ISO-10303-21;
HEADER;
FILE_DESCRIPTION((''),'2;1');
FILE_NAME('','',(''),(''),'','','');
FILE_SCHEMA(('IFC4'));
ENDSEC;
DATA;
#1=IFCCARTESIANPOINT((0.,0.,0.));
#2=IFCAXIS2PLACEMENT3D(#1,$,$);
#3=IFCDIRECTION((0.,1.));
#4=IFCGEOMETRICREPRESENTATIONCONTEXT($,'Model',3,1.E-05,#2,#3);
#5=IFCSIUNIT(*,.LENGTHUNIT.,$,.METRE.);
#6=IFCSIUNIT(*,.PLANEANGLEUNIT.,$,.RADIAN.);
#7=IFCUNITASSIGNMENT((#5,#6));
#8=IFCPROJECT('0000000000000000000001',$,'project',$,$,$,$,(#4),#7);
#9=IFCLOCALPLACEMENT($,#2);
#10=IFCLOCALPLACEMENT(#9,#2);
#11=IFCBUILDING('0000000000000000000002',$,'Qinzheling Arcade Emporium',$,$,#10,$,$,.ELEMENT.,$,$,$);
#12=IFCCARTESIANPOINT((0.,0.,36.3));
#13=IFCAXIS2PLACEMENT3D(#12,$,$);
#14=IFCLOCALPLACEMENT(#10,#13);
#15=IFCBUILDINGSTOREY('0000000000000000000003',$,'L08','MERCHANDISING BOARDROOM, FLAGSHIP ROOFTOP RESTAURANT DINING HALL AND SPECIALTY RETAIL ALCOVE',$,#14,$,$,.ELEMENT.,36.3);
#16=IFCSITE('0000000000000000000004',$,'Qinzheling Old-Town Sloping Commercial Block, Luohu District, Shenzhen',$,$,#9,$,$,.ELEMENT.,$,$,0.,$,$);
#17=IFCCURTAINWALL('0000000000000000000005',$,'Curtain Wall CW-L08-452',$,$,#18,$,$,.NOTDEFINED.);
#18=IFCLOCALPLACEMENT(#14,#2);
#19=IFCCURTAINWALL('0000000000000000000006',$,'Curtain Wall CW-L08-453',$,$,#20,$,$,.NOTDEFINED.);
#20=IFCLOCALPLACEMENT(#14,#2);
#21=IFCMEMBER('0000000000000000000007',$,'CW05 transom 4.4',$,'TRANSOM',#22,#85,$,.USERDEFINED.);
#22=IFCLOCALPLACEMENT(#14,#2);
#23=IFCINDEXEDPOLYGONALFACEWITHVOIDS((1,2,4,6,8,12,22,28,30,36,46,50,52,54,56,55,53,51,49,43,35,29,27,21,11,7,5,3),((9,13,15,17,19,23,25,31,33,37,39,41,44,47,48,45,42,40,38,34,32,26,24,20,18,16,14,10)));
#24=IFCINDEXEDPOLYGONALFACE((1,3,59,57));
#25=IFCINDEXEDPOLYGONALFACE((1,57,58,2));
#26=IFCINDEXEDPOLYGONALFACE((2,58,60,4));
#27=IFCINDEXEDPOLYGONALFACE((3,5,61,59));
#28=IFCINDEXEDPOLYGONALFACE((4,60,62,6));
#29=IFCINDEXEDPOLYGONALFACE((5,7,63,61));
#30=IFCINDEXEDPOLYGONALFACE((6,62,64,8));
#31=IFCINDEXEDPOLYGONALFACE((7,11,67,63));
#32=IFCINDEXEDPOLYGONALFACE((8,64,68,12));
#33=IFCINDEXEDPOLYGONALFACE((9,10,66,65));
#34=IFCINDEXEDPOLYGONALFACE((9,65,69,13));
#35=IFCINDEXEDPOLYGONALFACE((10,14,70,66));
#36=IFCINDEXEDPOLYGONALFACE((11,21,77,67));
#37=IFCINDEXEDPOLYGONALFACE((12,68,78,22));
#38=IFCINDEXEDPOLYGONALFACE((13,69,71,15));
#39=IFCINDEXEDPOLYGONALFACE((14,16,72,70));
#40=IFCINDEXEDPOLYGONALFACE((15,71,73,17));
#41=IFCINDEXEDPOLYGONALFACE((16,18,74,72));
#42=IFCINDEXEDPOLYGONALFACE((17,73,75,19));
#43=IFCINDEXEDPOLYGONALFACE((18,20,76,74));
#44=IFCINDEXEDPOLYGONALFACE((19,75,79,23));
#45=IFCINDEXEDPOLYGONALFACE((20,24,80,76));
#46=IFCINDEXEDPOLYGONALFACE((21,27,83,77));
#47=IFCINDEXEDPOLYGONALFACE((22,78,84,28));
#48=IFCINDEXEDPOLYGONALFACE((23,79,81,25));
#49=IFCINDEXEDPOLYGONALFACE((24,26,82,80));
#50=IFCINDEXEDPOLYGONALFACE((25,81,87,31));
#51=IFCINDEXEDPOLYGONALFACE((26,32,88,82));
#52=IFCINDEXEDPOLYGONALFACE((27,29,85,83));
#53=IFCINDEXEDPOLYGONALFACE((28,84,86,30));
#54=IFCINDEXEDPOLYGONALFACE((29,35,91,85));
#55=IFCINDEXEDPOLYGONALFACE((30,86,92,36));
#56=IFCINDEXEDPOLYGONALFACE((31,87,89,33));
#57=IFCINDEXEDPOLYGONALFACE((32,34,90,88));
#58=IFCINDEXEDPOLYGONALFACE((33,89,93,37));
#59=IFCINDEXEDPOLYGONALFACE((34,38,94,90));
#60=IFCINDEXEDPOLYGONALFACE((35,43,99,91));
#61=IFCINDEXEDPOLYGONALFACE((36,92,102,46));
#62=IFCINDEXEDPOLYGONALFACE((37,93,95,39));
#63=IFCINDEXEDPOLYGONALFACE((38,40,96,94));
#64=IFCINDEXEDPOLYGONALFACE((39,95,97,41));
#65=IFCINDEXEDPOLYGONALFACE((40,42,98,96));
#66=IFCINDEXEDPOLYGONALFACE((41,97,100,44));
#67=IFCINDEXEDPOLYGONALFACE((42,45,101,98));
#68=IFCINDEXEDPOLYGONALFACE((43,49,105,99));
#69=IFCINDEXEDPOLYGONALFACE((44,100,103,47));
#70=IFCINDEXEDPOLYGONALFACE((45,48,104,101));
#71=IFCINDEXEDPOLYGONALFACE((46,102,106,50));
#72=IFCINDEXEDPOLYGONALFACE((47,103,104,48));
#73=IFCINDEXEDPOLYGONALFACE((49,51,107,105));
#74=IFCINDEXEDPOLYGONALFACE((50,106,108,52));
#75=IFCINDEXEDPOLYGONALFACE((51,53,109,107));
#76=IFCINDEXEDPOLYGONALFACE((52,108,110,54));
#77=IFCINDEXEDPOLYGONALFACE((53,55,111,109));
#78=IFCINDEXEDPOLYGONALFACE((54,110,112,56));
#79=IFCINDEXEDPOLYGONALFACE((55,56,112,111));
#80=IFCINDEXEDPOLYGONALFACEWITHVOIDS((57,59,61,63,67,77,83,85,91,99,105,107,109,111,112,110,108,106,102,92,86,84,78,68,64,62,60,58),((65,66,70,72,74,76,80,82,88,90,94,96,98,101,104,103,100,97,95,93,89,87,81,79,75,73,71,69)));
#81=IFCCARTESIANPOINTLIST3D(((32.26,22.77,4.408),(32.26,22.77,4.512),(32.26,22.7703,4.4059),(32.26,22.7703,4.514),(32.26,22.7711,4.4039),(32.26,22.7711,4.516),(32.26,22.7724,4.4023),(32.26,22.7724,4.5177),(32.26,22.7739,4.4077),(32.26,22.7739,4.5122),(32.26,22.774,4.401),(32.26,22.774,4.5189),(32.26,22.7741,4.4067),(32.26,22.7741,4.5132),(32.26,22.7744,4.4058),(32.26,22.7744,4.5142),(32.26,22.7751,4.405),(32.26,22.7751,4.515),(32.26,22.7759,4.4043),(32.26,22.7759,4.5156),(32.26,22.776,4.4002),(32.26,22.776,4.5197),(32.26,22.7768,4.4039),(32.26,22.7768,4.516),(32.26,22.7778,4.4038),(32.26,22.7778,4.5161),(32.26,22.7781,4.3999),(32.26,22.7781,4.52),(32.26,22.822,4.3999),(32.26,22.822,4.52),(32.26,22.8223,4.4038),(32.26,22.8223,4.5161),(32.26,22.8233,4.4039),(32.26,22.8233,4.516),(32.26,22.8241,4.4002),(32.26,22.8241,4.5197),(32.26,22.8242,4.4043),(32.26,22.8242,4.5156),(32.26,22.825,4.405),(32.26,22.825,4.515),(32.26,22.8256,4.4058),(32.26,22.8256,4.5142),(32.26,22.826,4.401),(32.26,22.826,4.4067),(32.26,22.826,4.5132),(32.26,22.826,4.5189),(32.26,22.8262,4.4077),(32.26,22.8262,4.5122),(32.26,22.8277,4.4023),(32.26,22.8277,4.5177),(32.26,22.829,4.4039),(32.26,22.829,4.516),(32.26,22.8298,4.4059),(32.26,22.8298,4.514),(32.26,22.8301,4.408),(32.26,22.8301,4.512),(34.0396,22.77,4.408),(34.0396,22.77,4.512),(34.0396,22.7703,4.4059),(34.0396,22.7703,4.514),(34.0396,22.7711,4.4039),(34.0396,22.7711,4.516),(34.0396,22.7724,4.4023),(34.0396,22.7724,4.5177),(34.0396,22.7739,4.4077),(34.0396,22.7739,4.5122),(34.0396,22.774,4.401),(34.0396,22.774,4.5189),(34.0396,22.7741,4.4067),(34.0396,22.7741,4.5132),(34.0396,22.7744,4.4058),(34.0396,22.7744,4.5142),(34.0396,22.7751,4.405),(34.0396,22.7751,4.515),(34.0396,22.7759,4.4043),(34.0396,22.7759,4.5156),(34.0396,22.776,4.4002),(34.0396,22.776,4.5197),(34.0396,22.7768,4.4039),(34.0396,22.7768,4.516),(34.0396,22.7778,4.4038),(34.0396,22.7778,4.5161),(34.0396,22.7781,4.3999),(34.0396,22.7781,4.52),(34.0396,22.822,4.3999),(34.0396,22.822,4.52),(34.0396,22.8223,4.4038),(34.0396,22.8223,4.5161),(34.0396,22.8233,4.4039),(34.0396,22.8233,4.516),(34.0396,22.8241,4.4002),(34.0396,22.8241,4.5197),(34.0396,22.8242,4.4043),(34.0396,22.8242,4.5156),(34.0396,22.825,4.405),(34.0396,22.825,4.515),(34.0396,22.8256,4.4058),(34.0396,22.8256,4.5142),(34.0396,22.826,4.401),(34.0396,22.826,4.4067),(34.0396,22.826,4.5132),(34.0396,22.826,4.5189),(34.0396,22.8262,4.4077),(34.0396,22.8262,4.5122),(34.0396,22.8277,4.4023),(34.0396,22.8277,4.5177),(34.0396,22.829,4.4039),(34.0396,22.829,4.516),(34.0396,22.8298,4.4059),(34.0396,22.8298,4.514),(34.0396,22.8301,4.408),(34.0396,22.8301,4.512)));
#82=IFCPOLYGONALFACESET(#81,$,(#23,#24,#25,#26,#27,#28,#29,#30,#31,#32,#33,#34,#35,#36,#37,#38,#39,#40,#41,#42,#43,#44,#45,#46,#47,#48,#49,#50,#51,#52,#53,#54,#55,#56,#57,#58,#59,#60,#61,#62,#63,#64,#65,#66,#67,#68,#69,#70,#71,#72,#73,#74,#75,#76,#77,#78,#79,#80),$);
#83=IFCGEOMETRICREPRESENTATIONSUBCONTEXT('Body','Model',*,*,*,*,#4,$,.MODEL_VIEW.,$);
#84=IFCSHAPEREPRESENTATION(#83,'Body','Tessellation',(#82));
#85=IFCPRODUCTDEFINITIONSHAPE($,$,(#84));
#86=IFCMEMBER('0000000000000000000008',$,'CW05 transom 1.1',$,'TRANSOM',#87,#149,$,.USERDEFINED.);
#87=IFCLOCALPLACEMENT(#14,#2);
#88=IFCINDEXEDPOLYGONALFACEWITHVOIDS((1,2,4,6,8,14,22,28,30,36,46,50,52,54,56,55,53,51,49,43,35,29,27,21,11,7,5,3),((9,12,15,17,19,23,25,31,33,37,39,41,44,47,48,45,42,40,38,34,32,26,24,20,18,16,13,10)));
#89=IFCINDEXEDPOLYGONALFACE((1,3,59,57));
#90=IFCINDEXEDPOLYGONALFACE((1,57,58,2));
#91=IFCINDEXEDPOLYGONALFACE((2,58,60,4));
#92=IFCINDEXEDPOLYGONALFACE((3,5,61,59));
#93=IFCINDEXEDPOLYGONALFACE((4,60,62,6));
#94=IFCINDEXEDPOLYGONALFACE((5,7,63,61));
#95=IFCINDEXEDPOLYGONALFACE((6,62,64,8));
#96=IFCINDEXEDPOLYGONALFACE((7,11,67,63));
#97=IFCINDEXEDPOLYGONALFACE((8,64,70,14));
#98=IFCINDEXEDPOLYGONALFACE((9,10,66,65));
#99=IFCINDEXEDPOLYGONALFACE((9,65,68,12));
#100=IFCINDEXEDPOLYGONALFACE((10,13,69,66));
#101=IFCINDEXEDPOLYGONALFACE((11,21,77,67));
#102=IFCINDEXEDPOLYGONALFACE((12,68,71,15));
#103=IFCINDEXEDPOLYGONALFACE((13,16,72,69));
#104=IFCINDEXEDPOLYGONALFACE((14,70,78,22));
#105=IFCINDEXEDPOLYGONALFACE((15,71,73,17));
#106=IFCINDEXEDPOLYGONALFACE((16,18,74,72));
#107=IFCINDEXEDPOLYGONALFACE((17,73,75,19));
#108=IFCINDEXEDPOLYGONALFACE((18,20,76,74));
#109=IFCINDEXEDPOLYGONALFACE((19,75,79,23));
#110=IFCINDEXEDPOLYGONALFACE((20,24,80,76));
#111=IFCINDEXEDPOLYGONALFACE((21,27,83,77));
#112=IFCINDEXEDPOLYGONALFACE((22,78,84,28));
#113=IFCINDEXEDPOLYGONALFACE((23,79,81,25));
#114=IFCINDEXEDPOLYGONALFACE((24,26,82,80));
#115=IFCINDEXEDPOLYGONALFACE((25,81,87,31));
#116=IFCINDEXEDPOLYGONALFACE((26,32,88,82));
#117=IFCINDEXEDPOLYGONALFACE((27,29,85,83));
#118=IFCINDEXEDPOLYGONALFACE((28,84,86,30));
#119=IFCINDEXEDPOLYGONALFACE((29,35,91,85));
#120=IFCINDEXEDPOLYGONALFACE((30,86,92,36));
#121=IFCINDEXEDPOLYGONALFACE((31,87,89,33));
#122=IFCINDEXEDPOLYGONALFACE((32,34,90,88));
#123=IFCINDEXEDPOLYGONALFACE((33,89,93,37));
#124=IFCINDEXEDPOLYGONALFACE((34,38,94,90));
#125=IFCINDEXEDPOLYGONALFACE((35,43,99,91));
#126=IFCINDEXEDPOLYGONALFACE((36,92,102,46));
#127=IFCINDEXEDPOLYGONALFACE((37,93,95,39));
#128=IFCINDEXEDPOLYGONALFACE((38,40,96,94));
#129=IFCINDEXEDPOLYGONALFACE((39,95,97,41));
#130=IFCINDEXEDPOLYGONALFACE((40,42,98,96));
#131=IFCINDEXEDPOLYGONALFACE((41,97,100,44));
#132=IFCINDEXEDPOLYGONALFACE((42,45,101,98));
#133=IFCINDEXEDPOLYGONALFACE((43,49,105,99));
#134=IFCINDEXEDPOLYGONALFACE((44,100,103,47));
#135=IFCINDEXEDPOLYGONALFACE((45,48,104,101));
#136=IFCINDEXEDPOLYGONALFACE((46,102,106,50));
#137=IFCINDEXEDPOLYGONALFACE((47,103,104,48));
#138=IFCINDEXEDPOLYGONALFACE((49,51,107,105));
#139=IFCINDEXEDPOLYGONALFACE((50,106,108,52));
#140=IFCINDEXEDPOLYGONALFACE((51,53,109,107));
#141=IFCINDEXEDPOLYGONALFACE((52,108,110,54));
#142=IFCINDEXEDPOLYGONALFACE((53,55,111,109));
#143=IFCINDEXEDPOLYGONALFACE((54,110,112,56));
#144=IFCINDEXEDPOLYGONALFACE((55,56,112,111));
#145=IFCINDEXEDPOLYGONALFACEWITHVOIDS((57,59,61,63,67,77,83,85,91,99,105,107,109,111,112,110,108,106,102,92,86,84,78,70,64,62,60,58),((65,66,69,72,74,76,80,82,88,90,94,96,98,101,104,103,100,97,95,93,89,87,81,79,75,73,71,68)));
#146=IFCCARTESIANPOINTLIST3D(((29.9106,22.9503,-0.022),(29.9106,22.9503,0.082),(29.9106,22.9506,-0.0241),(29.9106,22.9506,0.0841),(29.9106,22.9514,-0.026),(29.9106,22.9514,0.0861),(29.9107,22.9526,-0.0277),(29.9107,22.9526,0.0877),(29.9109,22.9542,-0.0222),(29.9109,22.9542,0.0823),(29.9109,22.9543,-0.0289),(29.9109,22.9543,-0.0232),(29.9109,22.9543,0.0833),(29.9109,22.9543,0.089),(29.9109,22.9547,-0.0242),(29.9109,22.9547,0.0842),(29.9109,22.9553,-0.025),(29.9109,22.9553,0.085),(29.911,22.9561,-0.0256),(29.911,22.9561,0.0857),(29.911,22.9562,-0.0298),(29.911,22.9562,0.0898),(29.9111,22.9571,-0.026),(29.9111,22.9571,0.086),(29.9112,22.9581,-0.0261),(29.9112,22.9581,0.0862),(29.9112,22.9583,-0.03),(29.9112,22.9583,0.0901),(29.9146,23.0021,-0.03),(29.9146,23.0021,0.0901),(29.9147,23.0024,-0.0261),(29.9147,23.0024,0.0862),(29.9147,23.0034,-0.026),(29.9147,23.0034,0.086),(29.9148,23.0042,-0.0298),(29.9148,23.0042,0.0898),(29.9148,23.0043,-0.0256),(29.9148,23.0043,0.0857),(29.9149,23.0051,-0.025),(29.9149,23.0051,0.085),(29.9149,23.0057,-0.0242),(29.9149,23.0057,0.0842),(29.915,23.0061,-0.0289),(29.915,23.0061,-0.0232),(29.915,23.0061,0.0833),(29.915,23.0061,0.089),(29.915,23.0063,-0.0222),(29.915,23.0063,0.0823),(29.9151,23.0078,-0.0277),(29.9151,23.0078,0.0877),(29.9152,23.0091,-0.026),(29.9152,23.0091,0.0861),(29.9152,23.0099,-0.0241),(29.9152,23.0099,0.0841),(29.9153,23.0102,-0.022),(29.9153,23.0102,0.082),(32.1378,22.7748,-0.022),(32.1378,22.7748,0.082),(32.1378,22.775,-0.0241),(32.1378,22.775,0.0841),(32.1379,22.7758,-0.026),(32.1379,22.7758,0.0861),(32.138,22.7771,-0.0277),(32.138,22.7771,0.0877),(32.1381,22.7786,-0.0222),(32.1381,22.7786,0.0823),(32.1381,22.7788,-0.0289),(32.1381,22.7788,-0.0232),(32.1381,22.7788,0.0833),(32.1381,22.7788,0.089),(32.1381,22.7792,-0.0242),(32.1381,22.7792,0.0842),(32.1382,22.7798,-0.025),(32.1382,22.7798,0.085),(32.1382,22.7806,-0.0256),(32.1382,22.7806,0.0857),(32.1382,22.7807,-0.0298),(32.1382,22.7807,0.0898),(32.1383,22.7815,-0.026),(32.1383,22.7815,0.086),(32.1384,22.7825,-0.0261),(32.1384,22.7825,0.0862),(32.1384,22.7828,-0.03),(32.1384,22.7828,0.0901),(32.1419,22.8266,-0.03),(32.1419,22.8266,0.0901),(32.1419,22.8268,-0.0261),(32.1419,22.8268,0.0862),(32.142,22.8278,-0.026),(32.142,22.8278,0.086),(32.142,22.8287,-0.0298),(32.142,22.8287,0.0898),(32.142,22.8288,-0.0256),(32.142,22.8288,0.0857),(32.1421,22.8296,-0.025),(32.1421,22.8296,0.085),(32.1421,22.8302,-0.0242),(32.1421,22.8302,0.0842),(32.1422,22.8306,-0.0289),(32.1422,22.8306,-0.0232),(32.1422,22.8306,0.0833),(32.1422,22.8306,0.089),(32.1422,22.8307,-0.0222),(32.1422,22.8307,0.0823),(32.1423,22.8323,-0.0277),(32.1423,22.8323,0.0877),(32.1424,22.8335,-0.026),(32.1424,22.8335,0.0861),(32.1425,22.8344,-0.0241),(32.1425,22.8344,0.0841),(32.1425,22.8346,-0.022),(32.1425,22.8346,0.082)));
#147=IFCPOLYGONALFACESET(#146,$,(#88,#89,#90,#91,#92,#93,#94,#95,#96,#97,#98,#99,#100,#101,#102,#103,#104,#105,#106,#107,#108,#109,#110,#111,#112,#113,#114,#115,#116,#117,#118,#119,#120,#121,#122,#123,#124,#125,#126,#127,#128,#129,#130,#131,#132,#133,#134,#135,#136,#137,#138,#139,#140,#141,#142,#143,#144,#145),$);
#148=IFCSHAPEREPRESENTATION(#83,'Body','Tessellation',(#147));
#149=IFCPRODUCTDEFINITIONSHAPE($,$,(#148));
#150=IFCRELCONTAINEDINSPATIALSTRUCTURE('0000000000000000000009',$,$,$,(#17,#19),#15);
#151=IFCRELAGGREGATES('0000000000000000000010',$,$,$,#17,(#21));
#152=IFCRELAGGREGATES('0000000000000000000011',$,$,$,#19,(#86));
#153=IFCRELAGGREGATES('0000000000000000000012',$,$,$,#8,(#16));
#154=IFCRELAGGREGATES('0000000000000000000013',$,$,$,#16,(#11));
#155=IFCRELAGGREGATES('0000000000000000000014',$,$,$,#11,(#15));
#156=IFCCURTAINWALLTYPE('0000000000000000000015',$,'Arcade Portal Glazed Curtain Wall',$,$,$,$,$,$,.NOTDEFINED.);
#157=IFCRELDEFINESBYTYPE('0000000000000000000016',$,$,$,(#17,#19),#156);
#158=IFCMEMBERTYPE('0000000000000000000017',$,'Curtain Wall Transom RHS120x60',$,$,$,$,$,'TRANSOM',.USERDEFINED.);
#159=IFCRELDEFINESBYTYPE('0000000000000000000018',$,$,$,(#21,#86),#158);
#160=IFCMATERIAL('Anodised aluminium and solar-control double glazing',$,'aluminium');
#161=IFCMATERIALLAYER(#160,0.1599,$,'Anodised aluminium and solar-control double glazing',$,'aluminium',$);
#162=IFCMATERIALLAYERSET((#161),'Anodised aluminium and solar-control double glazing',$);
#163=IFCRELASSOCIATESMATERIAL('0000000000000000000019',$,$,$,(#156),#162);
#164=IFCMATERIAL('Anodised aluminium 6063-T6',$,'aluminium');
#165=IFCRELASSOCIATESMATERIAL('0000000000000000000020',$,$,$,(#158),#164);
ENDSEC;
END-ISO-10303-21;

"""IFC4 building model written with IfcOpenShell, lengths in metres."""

from ifc_helpers import new_model, si_unit, direction, frame, origin, origin_2d, place, context, subcontext, project, spatial, hollow_rectangle, extrude, material, layer, layer_set, material_profile, profile_set, type_object, element, aggregate, save


model = new_model("IFC4")

# Units and contexts
model_context = context("Model", 3, precision=1e-05, world=origin(), true_north=direction((0.0, 1.0)))
body_context = subcontext(model_context, "Body", "Model", "MODEL_VIEW")
ifc_project = project(units=[si_unit("LENGTHUNIT", "METRE"), si_unit("PLANEANGLEUNIT", "RADIAN")], contexts=[model_context])

# Site, building, storey
site_placement = place(None, origin())
site = spatial("IfcSite", under=ifc_project, at=site_placement, Name="Qinzheling Old-Town Sloping Commercial Block, Luohu District, Shenzhen", CompositionType="ELEMENT", RefElevation=0.0)
building_placement = place(site_placement, origin())
building = spatial("IfcBuilding", under=site, at=building_placement, Name="Qinzheling Arcade Emporium", CompositionType="ELEMENT")
storey_placement = place(building_placement, frame((0.0, 0.0, 36.3)))
storey = spatial("IfcBuildingStorey", under=building, at=storey_placement, Name="L08", Description="MERCHANDISING BOARDROOM, FLAGSHIP ROOFTOP RESTAURANT DINING HALL AND SPECIALTY RETAIL ALCOVE", CompositionType="ELEMENT", Elevation=36.3)

# Curtain walls
ifc_material_1 = material(Name="Anodised aluminium and solar-control double glazing", Category="aluminium")
ifc_layer_1 = layer(ifc_material_1, 0.1599, Name="Anodised aluminium and solar-control double glazing", Category="aluminium")
ifc_layer_set_1 = layer_set([ifc_layer_1], Name="Anodised aluminium and solar-control double glazing")
curtain_wall_type_1 = type_object("IfcCurtainWallType", Name="Arcade Portal Glazed Curtain Wall", PredefinedType="NOTDEFINED", material=ifc_layer_set_1)
curtain_wall_1_placement = place(storey_placement, origin())
curtain_wall_1 = element("IfcCurtainWall", 1, at=curtain_wall_1_placement, inside=storey, type_object=curtain_wall_type_1, Name="Curtain Wall CW-L08-452", PredefinedType="NOTDEFINED")
ifc_material_2 = material(Name="Anodised aluminium 6063-T6", Category="aluminium")
curtain_wall_2_placement = place(storey_placement, origin())
curtain_wall_2 = element("IfcCurtainWall", 2, at=curtain_wall_2_placement, inside=storey, type_object=curtain_wall_type_1, Name="Curtain Wall CW-L08-453", PredefinedType="NOTDEFINED")

# Members
ifc_material_profile_1 = material_profile(ifc_material_2, hollow_rectangle(XDim=0.0601, YDim=0.1201, WallThickness=0.0039, InnerFilletRadius=0.0039, OuterFilletRadius=0.0081, at=origin_2d()), Name="RHS 120x60x4", Category="aluminium")
ifc_profile_set_1 = profile_set([ifc_material_profile_1], Name="Anodised aluminium 6063-T6")
member_type_1 = type_object("IfcMemberType", Name="Curtain Wall Transom RHS120x60", ElementType="TRANSOM", PredefinedType="USERDEFINED", material=ifc_profile_set_1)
member_1_placement = place(storey_placement, frame((34.0396, 22.8, 4.46), z_axis=(-1.0, 0.0, 0.0), x_axis=(0.0, -1.0, 0.0)))
member_1 = element("IfcMember", 3, at=member_1_placement, type_object=member_type_1, Name="CW05 transom 4.4", ObjectType="TRANSOM", PredefinedType="USERDEFINED", context=body_context, shape_type="SweptSolid", body=[
    extrude(hollow_rectangle(XDim=0.0601, YDim=0.1201, WallThickness=0.0039, InnerFilletRadius=0.0039, OuterFilletRadius=0.0081, at=origin_2d()), origin(), (0.0, 0.0, 1.0), 1.7795),
])
member_2_placement = place(storey_placement, frame((32.1401, 22.8047, 0.03), z_axis=(-0.996909, 0.078568, 0.0), x_axis=(-0.078568, -0.996909, 0.0)))
member_2 = element("IfcMember", 4, at=member_2_placement, type_object=member_type_1, Name="CW05 transom 1.1", ObjectType="TRANSOM", PredefinedType="USERDEFINED", context=body_context, shape_type="SweptSolid", body=[
    extrude(hollow_rectangle(XDim=0.0601, YDim=0.1201, WallThickness=0.0039, InnerFilletRadius=0.0039, OuterFilletRadius=0.0081, at=origin_2d()), origin(), (0.0, 0.0, 1.0), 2.2341),
])

aggregate(curtain_wall_1, [member_1])
aggregate(curtain_wall_2, [member_2])

save(model, "model.ifc")
